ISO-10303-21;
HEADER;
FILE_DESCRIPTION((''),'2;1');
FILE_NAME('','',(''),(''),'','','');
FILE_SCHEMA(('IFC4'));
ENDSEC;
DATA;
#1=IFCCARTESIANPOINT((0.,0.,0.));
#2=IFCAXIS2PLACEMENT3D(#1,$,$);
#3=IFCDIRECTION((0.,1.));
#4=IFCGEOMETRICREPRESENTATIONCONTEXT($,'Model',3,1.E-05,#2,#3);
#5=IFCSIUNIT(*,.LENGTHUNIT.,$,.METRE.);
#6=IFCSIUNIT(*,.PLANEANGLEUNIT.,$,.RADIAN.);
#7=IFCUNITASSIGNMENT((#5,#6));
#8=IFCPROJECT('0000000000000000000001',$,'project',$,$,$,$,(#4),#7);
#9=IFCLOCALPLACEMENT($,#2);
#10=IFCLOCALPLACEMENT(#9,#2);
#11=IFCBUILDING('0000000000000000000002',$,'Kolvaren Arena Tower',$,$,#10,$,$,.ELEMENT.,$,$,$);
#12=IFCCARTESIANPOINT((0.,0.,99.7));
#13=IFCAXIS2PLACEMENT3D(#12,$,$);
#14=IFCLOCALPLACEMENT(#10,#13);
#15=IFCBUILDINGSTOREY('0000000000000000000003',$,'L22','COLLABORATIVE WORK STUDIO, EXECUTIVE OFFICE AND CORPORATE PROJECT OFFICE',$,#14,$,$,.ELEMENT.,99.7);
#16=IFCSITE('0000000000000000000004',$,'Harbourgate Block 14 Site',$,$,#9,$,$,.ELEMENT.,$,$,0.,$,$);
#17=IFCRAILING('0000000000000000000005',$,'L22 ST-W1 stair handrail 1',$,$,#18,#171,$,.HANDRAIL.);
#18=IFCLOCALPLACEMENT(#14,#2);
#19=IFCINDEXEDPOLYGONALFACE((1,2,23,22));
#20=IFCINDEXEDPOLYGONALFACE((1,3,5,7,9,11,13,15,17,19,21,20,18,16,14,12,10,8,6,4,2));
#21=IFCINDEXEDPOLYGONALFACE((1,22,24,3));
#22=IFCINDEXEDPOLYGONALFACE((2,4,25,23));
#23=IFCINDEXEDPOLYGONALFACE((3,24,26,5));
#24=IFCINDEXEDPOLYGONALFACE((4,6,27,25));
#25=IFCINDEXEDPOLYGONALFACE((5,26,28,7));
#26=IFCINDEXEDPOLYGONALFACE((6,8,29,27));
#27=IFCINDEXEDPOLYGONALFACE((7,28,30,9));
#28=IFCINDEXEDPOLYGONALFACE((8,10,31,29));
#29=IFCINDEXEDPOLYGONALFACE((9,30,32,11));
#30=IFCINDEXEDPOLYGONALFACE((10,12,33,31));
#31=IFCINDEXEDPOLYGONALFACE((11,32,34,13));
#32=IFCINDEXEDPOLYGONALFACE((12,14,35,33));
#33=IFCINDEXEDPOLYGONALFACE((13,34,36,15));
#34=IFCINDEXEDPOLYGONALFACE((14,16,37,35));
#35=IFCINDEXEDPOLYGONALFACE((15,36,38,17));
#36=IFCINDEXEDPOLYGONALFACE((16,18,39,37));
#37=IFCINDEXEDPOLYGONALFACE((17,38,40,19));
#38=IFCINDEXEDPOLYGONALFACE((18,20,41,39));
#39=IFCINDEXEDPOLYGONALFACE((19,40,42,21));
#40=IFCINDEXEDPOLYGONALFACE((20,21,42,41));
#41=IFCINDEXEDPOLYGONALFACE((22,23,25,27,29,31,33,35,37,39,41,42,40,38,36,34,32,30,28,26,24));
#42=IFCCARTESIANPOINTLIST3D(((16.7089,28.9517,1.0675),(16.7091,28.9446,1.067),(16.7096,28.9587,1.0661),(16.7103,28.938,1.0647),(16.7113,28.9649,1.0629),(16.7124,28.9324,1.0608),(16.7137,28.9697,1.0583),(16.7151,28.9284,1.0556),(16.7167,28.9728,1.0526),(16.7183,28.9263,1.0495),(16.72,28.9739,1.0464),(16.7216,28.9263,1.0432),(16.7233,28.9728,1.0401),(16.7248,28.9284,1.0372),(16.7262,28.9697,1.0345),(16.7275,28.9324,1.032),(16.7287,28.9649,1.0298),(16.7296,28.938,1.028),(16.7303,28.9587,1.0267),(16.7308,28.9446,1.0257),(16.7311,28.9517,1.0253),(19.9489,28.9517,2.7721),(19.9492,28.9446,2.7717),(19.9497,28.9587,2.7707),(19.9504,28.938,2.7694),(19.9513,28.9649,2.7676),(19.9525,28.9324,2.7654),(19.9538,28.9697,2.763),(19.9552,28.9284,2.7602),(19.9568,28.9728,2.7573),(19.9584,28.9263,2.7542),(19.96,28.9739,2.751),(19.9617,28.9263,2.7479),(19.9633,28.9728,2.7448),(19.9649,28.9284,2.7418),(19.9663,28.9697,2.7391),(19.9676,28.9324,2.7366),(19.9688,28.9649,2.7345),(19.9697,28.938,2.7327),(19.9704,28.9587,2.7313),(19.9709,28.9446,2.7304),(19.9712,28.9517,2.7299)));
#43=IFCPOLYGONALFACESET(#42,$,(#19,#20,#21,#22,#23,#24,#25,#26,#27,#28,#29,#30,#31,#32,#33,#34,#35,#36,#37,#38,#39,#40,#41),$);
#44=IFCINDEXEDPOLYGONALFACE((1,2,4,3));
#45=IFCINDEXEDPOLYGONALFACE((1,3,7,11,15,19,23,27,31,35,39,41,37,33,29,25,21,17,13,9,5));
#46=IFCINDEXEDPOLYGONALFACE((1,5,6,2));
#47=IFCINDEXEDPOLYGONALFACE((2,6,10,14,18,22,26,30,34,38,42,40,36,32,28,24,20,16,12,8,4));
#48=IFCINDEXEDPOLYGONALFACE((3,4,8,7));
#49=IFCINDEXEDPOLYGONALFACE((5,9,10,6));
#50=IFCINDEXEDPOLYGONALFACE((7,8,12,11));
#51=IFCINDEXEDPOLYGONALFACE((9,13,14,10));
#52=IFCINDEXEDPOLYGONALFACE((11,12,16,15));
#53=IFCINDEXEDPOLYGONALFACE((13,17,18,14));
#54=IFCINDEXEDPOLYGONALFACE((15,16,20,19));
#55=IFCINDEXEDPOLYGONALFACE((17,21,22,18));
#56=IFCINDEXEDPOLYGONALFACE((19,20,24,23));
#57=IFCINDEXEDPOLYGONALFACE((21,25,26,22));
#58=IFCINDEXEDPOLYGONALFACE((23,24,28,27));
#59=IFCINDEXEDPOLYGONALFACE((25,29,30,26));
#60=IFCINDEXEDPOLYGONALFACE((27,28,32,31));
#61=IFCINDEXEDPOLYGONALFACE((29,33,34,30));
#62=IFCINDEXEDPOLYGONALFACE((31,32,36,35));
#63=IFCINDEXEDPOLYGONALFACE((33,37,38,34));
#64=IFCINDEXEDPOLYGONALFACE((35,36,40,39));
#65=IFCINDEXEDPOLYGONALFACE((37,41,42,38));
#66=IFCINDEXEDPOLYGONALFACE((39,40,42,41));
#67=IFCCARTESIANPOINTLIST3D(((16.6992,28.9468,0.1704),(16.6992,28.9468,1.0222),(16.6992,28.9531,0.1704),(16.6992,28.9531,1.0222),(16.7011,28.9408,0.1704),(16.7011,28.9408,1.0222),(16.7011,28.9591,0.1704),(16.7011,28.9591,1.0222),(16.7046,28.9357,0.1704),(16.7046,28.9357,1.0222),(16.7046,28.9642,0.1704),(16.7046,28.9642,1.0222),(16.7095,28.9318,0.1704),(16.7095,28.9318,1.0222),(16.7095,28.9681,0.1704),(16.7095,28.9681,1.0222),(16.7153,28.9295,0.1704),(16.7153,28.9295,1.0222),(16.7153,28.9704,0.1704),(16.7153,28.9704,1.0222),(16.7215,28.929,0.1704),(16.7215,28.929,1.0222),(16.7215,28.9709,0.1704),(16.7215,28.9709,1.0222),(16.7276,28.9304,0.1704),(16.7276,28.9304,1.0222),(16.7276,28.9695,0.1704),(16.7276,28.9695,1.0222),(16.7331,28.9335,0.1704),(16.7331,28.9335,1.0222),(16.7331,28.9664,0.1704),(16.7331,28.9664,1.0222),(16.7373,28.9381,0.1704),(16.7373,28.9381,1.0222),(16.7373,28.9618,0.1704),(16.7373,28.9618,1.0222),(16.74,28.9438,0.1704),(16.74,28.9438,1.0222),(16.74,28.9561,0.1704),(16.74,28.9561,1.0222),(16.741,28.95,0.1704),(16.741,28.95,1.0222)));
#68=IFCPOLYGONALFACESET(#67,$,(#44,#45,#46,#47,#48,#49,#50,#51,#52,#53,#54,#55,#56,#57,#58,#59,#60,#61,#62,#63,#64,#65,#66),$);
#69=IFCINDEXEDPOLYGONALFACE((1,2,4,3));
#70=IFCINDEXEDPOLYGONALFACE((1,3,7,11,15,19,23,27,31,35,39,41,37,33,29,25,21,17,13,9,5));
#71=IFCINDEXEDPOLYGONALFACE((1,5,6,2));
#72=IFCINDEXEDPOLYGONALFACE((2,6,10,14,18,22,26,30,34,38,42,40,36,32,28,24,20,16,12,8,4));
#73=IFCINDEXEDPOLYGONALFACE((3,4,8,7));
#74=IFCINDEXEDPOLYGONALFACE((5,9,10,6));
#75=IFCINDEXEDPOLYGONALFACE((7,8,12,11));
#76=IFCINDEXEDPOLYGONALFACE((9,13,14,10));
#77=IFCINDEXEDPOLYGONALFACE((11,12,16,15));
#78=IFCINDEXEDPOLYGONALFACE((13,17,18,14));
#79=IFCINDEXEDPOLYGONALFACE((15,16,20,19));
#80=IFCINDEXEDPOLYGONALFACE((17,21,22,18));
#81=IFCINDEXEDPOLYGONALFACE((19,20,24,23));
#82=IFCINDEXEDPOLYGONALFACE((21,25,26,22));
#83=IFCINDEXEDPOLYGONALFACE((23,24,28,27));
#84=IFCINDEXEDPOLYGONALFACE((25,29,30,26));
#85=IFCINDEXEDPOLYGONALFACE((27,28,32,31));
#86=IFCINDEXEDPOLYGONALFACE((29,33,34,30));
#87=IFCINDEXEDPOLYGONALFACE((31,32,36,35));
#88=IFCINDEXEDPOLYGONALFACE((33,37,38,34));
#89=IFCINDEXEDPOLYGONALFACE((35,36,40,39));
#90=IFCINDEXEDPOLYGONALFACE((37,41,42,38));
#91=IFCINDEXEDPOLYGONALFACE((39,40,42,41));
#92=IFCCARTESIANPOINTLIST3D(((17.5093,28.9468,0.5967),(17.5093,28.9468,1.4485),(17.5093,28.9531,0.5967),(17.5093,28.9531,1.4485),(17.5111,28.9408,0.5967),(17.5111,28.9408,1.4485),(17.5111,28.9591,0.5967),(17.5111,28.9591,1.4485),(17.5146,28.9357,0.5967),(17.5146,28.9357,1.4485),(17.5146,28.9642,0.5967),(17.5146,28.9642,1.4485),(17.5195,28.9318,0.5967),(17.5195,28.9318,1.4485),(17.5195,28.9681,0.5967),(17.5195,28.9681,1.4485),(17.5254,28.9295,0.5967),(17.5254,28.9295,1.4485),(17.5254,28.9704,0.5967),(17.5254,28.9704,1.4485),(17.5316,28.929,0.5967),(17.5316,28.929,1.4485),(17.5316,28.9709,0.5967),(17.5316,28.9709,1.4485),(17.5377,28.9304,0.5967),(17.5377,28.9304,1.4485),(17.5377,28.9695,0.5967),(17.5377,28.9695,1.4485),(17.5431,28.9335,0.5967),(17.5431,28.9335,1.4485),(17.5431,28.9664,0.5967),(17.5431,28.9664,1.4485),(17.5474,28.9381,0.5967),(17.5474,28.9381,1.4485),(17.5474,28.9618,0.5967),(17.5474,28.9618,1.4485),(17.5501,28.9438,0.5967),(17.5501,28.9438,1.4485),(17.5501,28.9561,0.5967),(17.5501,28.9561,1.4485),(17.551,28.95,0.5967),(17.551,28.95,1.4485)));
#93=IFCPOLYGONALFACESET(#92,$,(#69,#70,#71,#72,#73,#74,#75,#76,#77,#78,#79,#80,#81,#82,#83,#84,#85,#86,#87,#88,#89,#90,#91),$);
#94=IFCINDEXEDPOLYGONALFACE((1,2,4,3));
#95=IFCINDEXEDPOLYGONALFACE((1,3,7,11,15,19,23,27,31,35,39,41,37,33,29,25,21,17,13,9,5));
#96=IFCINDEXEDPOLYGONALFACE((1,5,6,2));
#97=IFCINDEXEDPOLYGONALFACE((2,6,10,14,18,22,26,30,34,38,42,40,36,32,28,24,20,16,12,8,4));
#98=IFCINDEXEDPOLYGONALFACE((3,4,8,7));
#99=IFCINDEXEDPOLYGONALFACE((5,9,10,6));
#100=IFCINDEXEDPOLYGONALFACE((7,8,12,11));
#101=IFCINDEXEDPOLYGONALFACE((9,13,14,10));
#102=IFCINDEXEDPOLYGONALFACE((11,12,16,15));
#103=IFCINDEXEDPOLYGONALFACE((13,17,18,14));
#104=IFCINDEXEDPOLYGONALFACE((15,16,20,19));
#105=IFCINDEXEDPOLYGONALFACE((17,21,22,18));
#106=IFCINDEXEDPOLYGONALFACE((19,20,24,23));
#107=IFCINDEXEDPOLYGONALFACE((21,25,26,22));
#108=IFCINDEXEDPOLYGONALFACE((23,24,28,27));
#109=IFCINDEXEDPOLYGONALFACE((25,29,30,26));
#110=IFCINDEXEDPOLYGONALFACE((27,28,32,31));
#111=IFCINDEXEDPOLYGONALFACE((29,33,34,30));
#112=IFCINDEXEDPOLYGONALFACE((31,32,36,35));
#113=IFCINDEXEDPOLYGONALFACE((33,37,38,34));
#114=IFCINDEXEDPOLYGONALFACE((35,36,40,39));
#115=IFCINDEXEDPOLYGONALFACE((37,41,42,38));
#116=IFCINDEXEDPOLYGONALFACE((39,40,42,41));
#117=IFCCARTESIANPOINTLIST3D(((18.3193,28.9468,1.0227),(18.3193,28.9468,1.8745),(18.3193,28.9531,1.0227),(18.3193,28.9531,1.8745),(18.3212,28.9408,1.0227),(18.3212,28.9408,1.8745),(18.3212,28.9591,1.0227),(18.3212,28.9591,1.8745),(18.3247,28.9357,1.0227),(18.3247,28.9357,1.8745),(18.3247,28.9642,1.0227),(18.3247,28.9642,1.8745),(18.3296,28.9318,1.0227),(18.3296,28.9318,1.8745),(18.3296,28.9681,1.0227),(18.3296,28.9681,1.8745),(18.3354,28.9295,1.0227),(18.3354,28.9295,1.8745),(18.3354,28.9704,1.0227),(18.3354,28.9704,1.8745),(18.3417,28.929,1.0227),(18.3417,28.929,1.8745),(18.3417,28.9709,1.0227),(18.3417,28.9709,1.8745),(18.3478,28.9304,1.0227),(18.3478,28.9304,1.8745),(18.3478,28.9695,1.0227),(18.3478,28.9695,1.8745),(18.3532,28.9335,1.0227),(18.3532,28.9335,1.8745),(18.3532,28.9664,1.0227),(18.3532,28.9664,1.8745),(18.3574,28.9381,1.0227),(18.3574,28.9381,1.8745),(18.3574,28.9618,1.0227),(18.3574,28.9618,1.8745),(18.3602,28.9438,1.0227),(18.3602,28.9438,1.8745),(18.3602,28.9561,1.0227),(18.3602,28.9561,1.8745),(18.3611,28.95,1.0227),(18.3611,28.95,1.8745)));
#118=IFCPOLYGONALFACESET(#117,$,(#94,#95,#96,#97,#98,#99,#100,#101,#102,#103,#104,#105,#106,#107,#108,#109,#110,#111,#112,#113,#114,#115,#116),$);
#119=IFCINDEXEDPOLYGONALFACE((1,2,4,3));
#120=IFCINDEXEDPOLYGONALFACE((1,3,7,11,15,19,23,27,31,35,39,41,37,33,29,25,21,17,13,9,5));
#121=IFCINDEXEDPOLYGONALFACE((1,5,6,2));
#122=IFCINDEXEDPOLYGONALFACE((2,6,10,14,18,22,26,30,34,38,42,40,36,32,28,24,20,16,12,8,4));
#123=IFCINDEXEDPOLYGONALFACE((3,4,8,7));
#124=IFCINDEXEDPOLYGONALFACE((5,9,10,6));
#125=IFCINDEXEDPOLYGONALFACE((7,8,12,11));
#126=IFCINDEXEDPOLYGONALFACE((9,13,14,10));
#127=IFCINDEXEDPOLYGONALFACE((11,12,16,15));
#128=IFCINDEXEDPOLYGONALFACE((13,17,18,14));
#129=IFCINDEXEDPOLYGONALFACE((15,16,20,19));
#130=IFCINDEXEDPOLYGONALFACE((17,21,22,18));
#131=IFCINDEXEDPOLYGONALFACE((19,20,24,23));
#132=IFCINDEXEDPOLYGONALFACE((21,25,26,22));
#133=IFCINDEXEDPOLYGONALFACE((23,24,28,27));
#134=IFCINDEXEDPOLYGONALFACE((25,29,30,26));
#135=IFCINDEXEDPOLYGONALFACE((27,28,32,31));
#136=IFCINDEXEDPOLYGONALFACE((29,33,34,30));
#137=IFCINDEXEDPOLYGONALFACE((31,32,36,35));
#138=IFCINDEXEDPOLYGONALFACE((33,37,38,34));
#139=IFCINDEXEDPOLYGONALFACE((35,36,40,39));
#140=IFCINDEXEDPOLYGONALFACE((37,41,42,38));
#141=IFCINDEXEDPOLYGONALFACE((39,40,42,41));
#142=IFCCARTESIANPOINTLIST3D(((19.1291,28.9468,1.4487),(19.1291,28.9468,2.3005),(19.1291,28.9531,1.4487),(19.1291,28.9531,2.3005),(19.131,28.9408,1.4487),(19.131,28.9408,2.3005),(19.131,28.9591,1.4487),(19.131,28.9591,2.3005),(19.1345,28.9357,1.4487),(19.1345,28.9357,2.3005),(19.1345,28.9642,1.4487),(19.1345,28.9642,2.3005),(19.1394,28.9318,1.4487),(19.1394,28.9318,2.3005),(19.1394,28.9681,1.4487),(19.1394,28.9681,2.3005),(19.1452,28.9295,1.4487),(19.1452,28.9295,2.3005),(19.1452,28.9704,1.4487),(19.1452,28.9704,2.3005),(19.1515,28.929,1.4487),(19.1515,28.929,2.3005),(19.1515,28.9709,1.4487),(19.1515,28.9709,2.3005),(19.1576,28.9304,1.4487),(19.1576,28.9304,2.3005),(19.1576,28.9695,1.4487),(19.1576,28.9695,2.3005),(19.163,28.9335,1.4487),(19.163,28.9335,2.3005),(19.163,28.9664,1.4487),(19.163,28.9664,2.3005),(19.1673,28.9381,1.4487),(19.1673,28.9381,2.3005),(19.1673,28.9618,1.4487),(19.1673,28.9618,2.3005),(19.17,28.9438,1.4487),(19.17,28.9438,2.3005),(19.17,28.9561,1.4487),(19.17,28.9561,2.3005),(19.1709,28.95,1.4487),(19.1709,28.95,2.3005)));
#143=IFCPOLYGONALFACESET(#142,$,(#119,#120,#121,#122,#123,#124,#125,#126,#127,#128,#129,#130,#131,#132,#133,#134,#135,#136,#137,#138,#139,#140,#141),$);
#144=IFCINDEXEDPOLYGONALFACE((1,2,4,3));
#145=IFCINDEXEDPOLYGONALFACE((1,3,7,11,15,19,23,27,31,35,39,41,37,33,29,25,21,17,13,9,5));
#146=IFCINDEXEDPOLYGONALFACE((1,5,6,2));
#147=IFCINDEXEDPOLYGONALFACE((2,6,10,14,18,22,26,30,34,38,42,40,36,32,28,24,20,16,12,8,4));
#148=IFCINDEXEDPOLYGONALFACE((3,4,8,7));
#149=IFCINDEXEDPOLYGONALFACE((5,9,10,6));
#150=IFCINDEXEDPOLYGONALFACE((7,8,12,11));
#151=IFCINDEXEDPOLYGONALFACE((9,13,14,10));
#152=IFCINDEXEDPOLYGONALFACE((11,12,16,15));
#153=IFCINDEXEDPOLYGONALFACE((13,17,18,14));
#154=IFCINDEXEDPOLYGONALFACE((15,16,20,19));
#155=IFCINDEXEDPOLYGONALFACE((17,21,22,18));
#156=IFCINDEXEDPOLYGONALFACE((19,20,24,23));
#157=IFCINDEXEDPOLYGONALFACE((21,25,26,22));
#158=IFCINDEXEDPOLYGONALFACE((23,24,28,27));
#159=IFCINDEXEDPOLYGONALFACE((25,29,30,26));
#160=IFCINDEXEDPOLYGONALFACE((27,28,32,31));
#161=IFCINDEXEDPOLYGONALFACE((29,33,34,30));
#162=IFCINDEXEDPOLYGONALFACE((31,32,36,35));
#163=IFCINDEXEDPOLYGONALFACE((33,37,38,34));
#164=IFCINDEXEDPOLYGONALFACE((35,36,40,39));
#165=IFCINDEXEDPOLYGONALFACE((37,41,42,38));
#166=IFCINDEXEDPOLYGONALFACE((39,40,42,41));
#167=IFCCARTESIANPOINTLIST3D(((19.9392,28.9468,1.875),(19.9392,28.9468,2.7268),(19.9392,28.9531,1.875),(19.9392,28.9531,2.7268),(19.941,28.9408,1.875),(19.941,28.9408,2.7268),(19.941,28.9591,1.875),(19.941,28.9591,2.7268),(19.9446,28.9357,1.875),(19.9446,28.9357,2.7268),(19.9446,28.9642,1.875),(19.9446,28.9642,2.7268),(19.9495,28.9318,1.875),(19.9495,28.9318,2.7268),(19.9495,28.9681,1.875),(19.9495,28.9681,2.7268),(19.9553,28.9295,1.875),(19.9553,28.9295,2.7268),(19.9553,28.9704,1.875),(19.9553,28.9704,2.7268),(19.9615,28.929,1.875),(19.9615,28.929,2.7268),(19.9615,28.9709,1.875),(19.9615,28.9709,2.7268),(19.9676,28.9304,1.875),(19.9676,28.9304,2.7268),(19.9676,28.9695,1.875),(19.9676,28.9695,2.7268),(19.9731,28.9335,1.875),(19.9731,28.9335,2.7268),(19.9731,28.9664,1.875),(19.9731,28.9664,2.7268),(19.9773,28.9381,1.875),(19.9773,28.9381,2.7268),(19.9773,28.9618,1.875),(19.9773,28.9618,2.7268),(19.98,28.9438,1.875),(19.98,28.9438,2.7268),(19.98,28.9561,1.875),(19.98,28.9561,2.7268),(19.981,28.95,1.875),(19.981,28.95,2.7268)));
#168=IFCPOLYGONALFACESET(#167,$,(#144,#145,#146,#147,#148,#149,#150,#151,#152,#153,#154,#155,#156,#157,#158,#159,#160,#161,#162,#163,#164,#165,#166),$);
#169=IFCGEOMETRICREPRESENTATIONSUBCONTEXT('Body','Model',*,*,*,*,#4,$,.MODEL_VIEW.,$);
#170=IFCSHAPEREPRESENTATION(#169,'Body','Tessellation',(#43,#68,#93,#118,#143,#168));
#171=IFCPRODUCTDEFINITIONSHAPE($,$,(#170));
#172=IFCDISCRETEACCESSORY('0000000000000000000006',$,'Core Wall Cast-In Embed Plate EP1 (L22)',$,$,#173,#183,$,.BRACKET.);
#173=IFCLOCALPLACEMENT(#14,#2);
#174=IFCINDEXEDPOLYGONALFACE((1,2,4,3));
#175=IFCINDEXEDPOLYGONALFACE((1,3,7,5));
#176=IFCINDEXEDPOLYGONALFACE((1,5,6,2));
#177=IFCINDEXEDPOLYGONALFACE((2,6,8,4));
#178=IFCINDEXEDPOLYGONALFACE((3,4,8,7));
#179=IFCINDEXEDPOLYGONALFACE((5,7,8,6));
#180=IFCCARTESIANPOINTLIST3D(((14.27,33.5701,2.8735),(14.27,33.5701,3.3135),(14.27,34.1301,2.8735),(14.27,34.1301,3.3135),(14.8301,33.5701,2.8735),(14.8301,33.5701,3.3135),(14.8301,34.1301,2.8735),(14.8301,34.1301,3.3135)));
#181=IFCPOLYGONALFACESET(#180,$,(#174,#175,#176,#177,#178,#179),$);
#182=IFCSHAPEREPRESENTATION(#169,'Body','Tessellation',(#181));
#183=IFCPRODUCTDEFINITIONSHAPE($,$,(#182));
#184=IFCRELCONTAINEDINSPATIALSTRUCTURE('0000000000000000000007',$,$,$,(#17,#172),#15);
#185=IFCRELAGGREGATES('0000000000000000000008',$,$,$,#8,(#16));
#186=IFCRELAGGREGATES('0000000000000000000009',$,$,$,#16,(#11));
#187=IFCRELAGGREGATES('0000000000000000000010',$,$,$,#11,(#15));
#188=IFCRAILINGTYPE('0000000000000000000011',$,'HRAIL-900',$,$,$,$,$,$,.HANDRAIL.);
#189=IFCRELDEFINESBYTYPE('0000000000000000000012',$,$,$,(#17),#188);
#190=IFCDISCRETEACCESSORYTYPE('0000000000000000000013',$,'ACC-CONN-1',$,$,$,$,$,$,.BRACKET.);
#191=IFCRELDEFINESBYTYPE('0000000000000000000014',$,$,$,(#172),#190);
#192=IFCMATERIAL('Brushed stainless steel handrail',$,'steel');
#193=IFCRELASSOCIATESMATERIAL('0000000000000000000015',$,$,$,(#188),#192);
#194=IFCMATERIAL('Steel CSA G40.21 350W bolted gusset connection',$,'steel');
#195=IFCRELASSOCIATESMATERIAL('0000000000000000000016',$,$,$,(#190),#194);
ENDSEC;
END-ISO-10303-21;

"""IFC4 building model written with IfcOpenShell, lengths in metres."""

from ifc_helpers import new_model, si_unit, direction, frame, origin, origin_2d, place, context, subcontext, project, spatial, rectangle, circle, extrude, material, type_object, element, save


model = new_model("IFC4")

# Units and contexts
model_context = context("Model", 3, precision=1e-05, world=origin(), true_north=direction((0.0, 1.0)))
body_context = subcontext(model_context, "Body", "Model", "MODEL_VIEW")
ifc_project = project(units=[si_unit("LENGTHUNIT", "METRE"), si_unit("PLANEANGLEUNIT", "RADIAN")], contexts=[model_context])

# Site, building, storey
site_placement = place(None, origin())
site = spatial("IfcSite", under=ifc_project, at=site_placement, Name="Harbourgate Block 14 Site", CompositionType="ELEMENT", RefElevation=0.0)
building_placement = place(site_placement, origin())
building = spatial("IfcBuilding", under=site, at=building_placement, Name="Kolvaren Arena Tower", CompositionType="ELEMENT")
storey_placement = place(building_placement, frame((0.0, 0.0, 99.7)))
storey = spatial("IfcBuildingStorey", under=building, at=storey_placement, Name="L22", Description="COLLABORATIVE WORK STUDIO, EXECUTIVE OFFICE AND CORPORATE PROJECT OFFICE", CompositionType="ELEMENT", Elevation=99.7)

# Railing
ifc_material_1 = material(Name="Brushed stainless steel handrail", Category="steel")
railing_type_1 = type_object("IfcRailingType", Name="HRAIL-900", PredefinedType="HANDRAIL", material=ifc_material_1)
railing_1_placement = place(storey_placement, frame((16.72, 28.95, 0.1704)))
element("IfcRailing", 1, at=railing_1_placement, inside=storey, type_object=railing_type_1, Name="L22 ST-W1 stair handrail 1", PredefinedType="HANDRAIL", context=body_context, shape_type="SweptSolid", body=[
    extrude(circle(Radius=0.0239, at=origin_2d()), frame((0.0, 0.0, 0.876), z_axis=(0.884993, 0.0, 0.465604), x_axis=(0.0, 1.0, 0.0)), (0.0, 0.0, 1.0), 3.6611),
    extrude(circle(Radius=0.021, at=origin_2d()), origin(), (0.0, 0.0, 1.0), 0.8518),
    extrude(circle(Radius=0.021, at=origin_2d()), frame((0.8101, 0.0, 0.4263)), (0.0, 0.0, 1.0), 0.8518),
    extrude(circle(Radius=0.021, at=origin_2d()), frame((1.6201, 0.0, 0.8523)), (0.0, 0.0, 1.0), 0.8518),
    extrude(circle(Radius=0.021, at=origin_2d()), frame((2.4299, 0.0, 1.2783)), (0.0, 0.0, 1.0), 0.8518),
    extrude(circle(Radius=0.021, at=origin_2d()), frame((3.24, 0.0, 1.7046)), (0.0, 0.0, 1.0), 0.8518),
])

# Discrete accessory
ifc_material_2 = material(Name="Steel CSA G40.21 350W bolted gusset connection", Category="steel")
discrete_accessory_type = type_object("IfcDiscreteAccessoryType", Name="ACC-CONN-1", PredefinedType="BRACKET", material=ifc_material_2)
discrete_accessory_placement = place(storey_placement, frame((14.55, 33.8501, 2.8735), z_axis=(0.0, 0.0, 1.0), x_axis=(1.0, 0.0, 0.0)))
element("IfcDiscreteAccessory", 2, at=discrete_accessory_placement, inside=storey, type_object=discrete_accessory_type, Name="Core Wall Cast-In Embed Plate EP1 (L22)", PredefinedType="BRACKET", context=body_context, shape_type="SweptSolid", body=[
    extrude(rectangle(XDim=0.5601, YDim=0.5601, at=origin_2d()), origin(), (0.0, 0.0, 1.0), 0.4399),
])

save(model, "model.ifc")
